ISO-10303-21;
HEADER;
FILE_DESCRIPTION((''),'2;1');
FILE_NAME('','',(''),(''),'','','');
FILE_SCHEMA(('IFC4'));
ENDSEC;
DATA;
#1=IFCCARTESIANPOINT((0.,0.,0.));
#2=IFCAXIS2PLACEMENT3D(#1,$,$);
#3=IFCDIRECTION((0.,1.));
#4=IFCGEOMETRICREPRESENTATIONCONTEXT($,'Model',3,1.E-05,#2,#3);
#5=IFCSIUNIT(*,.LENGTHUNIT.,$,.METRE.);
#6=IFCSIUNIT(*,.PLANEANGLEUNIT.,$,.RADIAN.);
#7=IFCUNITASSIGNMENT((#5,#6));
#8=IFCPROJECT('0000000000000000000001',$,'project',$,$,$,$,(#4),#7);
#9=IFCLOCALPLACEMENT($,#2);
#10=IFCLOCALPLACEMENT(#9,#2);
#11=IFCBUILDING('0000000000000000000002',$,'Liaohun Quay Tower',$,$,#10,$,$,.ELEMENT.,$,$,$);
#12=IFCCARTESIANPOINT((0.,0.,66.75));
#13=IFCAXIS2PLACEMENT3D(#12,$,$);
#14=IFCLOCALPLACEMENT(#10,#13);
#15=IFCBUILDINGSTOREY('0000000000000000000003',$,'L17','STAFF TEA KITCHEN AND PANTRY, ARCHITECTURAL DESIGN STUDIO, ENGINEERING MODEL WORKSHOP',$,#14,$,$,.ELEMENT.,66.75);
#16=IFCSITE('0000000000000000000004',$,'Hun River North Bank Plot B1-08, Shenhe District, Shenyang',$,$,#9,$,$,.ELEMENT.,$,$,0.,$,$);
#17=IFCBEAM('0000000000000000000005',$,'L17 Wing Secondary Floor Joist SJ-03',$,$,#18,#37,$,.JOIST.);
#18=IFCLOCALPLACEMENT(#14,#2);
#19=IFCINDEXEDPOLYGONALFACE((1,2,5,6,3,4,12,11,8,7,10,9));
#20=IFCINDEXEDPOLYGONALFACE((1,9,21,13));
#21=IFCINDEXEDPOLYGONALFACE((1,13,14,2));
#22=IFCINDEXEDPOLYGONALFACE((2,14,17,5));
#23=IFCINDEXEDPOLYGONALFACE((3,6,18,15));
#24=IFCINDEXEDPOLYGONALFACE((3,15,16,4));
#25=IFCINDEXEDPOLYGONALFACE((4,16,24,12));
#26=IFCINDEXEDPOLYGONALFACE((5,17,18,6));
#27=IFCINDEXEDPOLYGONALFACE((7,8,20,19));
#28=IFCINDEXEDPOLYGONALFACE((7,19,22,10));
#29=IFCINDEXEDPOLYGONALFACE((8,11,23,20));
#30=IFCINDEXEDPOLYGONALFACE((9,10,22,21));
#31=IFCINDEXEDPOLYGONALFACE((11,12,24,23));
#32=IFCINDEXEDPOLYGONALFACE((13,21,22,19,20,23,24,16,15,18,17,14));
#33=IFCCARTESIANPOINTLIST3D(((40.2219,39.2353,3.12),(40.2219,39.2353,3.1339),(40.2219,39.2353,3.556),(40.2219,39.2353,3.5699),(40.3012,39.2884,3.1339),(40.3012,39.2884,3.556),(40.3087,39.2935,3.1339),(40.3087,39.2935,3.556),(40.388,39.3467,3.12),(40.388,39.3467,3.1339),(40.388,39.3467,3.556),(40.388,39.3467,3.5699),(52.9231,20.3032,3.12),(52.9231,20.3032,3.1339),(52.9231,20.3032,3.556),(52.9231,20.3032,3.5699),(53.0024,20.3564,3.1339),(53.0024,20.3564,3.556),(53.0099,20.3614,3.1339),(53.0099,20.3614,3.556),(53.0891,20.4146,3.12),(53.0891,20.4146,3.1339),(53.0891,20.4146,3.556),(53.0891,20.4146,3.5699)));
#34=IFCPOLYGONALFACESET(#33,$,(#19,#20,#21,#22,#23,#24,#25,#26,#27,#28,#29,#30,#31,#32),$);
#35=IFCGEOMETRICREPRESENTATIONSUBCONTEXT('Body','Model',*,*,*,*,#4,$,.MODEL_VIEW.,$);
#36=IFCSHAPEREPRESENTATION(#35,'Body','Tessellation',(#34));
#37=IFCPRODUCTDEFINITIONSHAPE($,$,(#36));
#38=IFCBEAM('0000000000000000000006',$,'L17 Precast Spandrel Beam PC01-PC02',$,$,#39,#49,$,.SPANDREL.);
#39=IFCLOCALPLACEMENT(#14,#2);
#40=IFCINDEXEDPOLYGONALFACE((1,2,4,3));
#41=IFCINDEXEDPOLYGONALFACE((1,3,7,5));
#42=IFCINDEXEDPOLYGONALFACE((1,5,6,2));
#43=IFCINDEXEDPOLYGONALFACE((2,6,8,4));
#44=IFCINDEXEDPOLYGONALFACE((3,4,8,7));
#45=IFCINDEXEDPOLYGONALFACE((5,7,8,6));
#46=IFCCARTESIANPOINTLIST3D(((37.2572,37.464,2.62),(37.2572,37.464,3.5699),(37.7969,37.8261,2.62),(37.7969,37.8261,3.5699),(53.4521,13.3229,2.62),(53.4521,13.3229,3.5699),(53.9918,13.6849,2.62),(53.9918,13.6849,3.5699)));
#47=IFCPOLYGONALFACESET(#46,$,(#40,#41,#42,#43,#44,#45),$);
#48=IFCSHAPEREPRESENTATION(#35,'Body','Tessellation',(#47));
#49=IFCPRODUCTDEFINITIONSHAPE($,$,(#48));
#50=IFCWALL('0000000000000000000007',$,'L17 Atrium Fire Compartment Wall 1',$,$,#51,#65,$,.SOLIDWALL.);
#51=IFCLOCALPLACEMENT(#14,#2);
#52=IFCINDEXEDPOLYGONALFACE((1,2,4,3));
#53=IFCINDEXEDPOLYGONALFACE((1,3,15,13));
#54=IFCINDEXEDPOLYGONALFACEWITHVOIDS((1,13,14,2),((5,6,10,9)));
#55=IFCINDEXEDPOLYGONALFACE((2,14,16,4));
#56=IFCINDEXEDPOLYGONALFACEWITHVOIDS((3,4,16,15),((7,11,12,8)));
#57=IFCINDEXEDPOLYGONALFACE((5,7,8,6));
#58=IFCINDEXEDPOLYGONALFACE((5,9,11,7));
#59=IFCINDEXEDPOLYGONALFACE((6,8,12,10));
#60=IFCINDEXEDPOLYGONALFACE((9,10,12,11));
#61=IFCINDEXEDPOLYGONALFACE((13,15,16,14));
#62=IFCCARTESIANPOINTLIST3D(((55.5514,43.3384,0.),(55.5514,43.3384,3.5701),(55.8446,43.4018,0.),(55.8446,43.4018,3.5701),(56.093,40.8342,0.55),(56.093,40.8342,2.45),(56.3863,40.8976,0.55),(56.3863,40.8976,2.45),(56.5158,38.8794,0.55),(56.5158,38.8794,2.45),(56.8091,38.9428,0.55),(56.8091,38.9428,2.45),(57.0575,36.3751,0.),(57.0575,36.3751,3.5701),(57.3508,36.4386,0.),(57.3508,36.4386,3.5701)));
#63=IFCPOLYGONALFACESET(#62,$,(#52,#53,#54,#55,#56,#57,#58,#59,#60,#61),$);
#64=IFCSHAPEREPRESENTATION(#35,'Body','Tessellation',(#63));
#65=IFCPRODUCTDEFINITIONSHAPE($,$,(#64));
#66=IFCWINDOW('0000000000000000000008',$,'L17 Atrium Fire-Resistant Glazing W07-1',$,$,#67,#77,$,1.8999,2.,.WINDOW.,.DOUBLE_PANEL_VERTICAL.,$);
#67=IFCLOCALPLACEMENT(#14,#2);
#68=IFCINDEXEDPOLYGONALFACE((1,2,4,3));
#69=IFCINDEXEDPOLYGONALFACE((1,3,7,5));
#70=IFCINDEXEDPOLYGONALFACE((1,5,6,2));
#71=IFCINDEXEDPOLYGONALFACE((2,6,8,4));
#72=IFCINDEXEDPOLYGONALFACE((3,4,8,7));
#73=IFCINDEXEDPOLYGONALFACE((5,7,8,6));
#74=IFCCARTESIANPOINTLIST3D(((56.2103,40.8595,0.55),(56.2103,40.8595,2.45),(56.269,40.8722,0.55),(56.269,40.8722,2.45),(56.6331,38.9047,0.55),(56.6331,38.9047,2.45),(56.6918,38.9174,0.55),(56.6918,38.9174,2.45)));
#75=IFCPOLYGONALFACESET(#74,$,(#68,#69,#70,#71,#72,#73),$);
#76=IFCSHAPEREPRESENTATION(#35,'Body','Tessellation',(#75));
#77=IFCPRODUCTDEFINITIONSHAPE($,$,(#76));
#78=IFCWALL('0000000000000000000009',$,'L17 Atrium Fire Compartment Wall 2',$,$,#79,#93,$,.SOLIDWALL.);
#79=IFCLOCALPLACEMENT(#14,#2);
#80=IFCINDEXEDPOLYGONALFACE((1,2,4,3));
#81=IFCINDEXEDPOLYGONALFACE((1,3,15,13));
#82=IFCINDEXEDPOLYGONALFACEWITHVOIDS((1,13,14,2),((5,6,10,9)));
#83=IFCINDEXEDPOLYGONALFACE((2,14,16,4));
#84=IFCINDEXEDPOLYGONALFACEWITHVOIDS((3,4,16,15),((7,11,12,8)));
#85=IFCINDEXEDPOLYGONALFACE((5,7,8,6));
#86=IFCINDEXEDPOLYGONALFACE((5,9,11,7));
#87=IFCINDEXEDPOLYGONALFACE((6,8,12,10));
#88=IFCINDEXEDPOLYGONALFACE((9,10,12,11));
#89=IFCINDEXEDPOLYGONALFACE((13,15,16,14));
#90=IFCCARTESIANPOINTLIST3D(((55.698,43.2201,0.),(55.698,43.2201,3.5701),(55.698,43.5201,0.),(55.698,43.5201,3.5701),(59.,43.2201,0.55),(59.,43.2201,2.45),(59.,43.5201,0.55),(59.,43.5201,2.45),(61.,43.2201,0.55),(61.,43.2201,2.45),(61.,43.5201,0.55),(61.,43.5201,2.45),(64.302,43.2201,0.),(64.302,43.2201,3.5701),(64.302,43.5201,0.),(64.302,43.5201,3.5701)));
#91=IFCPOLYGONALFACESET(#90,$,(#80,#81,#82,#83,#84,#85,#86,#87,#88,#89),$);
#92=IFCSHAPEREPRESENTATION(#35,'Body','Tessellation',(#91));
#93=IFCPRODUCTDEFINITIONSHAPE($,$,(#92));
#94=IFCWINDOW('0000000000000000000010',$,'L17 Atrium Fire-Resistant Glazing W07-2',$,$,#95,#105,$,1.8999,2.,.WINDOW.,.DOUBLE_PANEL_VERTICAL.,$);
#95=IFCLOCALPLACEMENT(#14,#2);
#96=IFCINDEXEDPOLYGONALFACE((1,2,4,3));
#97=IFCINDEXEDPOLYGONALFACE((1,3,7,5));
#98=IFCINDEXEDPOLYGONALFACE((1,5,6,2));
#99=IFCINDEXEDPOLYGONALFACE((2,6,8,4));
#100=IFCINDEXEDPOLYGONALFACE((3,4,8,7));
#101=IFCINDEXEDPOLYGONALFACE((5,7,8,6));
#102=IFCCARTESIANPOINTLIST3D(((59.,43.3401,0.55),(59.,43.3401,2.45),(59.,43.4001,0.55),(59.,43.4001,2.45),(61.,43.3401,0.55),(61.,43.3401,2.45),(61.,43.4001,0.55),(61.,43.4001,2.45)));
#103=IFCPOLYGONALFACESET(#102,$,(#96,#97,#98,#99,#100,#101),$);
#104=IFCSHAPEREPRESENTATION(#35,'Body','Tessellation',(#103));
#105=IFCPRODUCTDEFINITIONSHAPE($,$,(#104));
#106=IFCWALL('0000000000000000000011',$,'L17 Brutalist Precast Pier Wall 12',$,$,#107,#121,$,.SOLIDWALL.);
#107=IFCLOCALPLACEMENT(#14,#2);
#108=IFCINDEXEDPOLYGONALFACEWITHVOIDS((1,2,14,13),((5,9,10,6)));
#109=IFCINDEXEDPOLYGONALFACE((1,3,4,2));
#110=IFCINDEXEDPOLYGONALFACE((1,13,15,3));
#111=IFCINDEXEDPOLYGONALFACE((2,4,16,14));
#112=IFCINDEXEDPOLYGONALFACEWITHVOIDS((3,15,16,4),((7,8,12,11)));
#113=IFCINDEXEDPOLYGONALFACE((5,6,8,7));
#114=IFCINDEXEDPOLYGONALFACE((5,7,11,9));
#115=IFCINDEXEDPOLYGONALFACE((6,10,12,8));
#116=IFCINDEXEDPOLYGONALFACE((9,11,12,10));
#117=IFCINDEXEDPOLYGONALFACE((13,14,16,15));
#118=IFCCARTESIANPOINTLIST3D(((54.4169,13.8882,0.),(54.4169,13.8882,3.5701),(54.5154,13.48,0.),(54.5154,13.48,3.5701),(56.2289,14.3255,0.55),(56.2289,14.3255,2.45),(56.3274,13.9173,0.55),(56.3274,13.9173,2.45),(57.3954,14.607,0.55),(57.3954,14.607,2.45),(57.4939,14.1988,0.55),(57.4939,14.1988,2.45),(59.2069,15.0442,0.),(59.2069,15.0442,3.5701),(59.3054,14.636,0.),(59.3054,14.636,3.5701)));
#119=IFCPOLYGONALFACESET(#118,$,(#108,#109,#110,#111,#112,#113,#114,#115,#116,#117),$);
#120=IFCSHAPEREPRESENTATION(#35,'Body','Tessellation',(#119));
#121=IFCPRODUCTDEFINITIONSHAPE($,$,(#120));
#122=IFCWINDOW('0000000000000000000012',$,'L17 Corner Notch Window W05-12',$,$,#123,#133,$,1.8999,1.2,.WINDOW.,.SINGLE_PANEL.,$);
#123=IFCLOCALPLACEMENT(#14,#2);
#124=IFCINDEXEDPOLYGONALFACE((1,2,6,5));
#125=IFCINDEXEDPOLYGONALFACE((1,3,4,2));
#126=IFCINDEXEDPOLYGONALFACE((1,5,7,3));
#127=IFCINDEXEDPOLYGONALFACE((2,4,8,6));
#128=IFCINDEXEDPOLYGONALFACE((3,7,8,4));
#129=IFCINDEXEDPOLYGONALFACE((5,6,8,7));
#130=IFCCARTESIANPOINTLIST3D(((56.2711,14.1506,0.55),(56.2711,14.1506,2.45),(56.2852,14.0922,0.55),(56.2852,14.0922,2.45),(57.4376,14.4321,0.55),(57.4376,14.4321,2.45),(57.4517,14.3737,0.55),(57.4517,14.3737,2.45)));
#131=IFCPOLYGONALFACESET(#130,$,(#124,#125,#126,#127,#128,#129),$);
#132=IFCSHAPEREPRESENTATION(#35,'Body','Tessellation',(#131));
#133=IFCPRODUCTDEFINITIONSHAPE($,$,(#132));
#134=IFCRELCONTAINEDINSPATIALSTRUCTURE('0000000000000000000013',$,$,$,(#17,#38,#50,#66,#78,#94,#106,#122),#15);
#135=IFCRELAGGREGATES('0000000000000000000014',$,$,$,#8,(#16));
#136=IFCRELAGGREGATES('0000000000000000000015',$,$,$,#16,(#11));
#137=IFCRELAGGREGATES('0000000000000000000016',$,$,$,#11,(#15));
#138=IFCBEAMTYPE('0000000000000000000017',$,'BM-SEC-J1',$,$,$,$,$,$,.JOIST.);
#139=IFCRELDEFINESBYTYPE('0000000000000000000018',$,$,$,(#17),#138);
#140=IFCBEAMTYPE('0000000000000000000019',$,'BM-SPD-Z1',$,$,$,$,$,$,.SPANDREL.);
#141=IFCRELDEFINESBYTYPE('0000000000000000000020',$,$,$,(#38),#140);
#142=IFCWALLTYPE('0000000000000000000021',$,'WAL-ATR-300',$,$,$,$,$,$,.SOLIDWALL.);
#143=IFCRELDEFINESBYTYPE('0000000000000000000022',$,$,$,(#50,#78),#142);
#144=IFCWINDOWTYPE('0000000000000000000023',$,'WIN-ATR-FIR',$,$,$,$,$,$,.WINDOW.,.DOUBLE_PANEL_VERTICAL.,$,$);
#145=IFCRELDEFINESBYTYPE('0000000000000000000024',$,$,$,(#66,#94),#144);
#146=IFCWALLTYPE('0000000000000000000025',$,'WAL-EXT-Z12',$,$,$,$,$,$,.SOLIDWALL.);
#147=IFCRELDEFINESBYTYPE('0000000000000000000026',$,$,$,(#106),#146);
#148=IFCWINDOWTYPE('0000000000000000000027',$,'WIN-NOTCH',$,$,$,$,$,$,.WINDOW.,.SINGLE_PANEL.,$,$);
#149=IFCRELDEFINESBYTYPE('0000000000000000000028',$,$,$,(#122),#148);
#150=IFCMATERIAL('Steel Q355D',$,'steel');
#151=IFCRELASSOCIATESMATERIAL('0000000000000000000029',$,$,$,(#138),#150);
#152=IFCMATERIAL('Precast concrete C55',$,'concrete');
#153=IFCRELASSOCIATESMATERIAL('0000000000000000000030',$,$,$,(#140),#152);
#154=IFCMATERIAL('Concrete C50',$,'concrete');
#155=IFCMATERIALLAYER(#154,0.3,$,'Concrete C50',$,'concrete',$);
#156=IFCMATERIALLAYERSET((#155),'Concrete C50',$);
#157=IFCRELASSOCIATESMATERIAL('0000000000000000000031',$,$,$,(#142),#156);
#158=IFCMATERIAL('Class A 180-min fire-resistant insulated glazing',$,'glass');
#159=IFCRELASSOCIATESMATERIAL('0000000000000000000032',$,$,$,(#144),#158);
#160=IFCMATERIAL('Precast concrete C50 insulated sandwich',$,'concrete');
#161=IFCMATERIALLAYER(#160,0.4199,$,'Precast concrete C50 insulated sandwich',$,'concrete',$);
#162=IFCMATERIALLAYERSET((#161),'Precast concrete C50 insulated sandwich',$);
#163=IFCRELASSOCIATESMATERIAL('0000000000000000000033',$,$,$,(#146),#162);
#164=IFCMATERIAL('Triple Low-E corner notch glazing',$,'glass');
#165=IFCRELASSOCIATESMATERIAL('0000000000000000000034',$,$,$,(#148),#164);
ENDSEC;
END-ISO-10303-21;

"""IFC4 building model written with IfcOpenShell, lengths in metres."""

from ifc_helpers import new_model, si_unit, direction, frame, frame_2d, origin, origin_2d, place, context, subcontext, project, spatial, rectangle, i_section, extrude, source, transform, mapped, material, layer, layer_set, material_profile, profile_set, type_object, element, fill, save


model = new_model("IFC4")

# Units and contexts
model_context = context("Model", 3, precision=1e-05, world=origin(), true_north=direction((0.0, 1.0)))
body_context = subcontext(model_context, "Body", "Model", "MODEL_VIEW")
ifc_project = project(units=[si_unit("LENGTHUNIT", "METRE"), si_unit("PLANEANGLEUNIT", "RADIAN")], contexts=[model_context])

# Site, building, storey
site_placement = place(None, origin())
site = spatial("IfcSite", under=ifc_project, at=site_placement, Name="Hun River North Bank Plot B1-08, Shenhe District, Shenyang", CompositionType="ELEMENT", RefElevation=0.0)
building_placement = place(site_placement, origin())
building = spatial("IfcBuilding", under=site, at=building_placement, Name="Liaohun Quay Tower", CompositionType="ELEMENT")
storey_placement = place(building_placement, frame((0.0, 0.0, 66.75)))
storey = spatial("IfcBuildingStorey", under=building, at=storey_placement, Name="L17", Description="STAFF TEA KITCHEN AND PANTRY, ARCHITECTURAL DESIGN STUDIO, ENGINEERING MODEL WORKSHOP", CompositionType="ELEMENT", Elevation=66.75)

# Beams
ifc_material_1 = material(Name="Steel Q355D", Category="steel")
ifc_material_profile_1 = material_profile(ifc_material_1, i_section(OverallWidth=0.2, OverallDepth=0.45, WebThickness=0.009, FlangeThickness=0.0139, at=origin_2d()), Name="HN450x200x9x14")
ifc_profile_set_1 = profile_set([ifc_material_profile_1], Name="Steel Q355D")
beam_type_1 = type_object("IfcBeamType", Name="BM-SEC-J1", PredefinedType="JOIST", material=ifc_profile_set_1)
shared_shape_1 = source(origin(), body_context, "Body", "SweptSolid", [
    extrude(i_section(OverallWidth=0.2, OverallDepth=0.45, WebThickness=0.009, FlangeThickness=0.0139, at=origin_2d()), origin(), (0.0, 0.0, 1.0), 22.7979),
])
beam_1_placement = place(storey_placement, frame((53.0061, 20.3589, 3.345), z_axis=(-0.55712, 0.830432, 0.0), x_axis=(-0.830432, -0.55712, 0.0)))
element("IfcBeam", 1, at=beam_1_placement, inside=storey, type_object=beam_type_1, Name="L17 Wing Secondary Floor Joist SJ-03", PredefinedType="JOIST", context=body_context, shape_type="MappedRepresentation", body=[
    mapped(shared_shape_1, transform((0.0, 0.0, 0.0), x_axis=(1.0, 0.0, 0.0), y_axis=(0.0, 1.0, 0.0), z_axis=(0.0, 0.0, 1.0), scale=1.0)),
])
ifc_material_2 = material(Name="Precast concrete C55", Category="concrete")
ifc_material_profile_2 = material_profile(ifc_material_2, rectangle(XDim=0.6499, YDim=0.95, at=origin_2d()), Name="RC650x950")
ifc_profile_set_2 = profile_set([ifc_material_profile_2], Name="Precast concrete C55")
beam_type_2 = type_object("IfcBeamType", Name="BM-SPD-Z1", PredefinedType="SPANDREL", material=ifc_profile_set_2)
shared_shape_2 = source(origin(), body_context, "Body", "SweptSolid", [
    extrude(rectangle(XDim=0.6499, YDim=0.95, at=origin_2d()), origin(), (0.0, 0.0, 1.0), 29.0701),
])
beam_2_placement = place(storey_placement, frame((53.7219, 13.5039, 3.095), z_axis=(-0.557097, 0.830447, 0.0), x_axis=(-0.830447, -0.557097, 0.0)))
element("IfcBeam", 2, at=beam_2_placement, inside=storey, type_object=beam_type_2, Name="L17 Precast Spandrel Beam PC01-PC02", PredefinedType="SPANDREL", context=body_context, shape_type="MappedRepresentation", body=[
    mapped(shared_shape_2, transform((0.0, 0.0, 0.0), x_axis=(1.0, 0.0, 0.0), y_axis=(0.0, 1.0, 0.0), z_axis=(0.0, 0.0, 1.0), scale=1.0)),
])

# Walls, openings, windows
ifc_material_3 = material(Name="Concrete C50", Category="concrete")
ifc_layer_1 = layer(ifc_material_3, 0.3, Name="Concrete C50", Category="concrete")
ifc_layer_set_1 = layer_set([ifc_layer_1], Name="Concrete C50")
wall_type_1 = type_object("IfcWallType", Name="WAL-ATR-300", PredefinedType="SOLIDWALL", material=ifc_layer_set_1)
wall_1_placement = place(storey_placement, frame((57.2041, 36.407, 0.0), z_axis=(0.0, 0.0, 1.0), x_axis=(-0.211408, 0.977398, 0.0)))
wall_1 = element("IfcWall", 3, at=wall_1_placement, inside=storey, type_object=wall_type_1, Name="L17 Atrium Fire Compartment Wall 1", PredefinedType="SOLIDWALL", context=body_context, shape_type="SweptSolid", body=[
    extrude(rectangle(XDim=7.1243, YDim=0.3, at=frame_2d((3.562, 0.0))), origin(), (0.0, 0.0, 1.0), 3.5701),
])
shared_shape_3 = source(origin(), body_context, "Body", "SweptSolid", [
    extrude(rectangle(XDim=2.0, YDim=1.8999, at=frame_2d((1.0, 0.95))), frame((0.0, 0.1599, 0.0), z_axis=(0.0, -1.0, 0.0), x_axis=(1.0, 0.0, 0.0)), (0.0, 0.0, 1.0), 0.3201),
])
opening_1_placement = place(wall_1_placement, frame((2.562, 0.0, 0.55)))
opening_1 = element("IfcOpeningElement", 4, at=opening_1_placement, cuts=wall_1, PredefinedType="OPENING", context=body_context, shape_type="MappedRepresentation", body=[
    mapped(shared_shape_3, transform((0.0, 0.0, 0.0), x_axis=(1.0, 0.0, 0.0), y_axis=(0.0, 1.0, 0.0), z_axis=(0.0, 0.0, 1.0), scale=1.0)),
])
ifc_material_4 = material(Name="Class A 180-min fire-resistant insulated glazing", Category="glass")
window_type_1 = type_object("IfcWindowType", Name="WIN-ATR-FIR", PartitioningType="DOUBLE_PANEL_VERTICAL", PredefinedType="WINDOW", material=ifc_material_4)
shared_shape_4 = source(origin(), body_context, "Body", "SweptSolid", [
    extrude(rectangle(XDim=2.0, YDim=1.8999, at=frame_2d((1.0, 0.95))), frame((0.0, 0.03, 0.0), z_axis=(0.0, -1.0, 0.0), x_axis=(1.0, 0.0, 0.0)), (0.0, 0.0, 1.0), 0.0601),
])
window_1_placement = place(opening_1_placement, origin())
window_1 = element("IfcWindow", 5, at=window_1_placement, inside=storey, type_object=window_type_1, Name="L17 Atrium Fire-Resistant Glazing W07-1", OverallHeight=1.8999, OverallWidth=2.0, PartitioningType="DOUBLE_PANEL_VERTICAL", PredefinedType="WINDOW", context=body_context, shape_type="MappedRepresentation", body=[
    mapped(shared_shape_4, transform((0.0, 0.0, 0.0), x_axis=(1.0, 0.0, 0.0), y_axis=(0.0, 1.0, 0.0), z_axis=(0.0, 0.0, 1.0), scale=1.0)),
])
fill(opening_1, window_1)
wall_2_placement = place(storey_placement, frame((55.698, 43.3701, 0.0), z_axis=(0.0, 0.0, 1.0), x_axis=(1.0, 0.0, 0.0)))
wall_2 = element("IfcWall", 6, at=wall_2_placement, inside=storey, type_object=wall_type_1, Name="L17 Atrium Fire Compartment Wall 2", PredefinedType="SOLIDWALL", context=body_context, shape_type="SweptSolid", body=[
    extrude(rectangle(XDim=8.604, YDim=0.3, at=frame_2d((4.302, 0.0))), origin(), (0.0, 0.0, 1.0), 3.5701),
])
opening_2_placement = place(wall_2_placement, frame((3.302, 0.0, 0.55)))
opening_2 = element("IfcOpeningElement", 7, at=opening_2_placement, cuts=wall_2, PredefinedType="OPENING", context=body_context, shape_type="MappedRepresentation", body=[
    mapped(shared_shape_3, transform((0.0, 0.0, 0.0), x_axis=(1.0, 0.0, 0.0), y_axis=(0.0, 1.0, 0.0), z_axis=(0.0, 0.0, 1.0), scale=1.0)),
])
window_2_placement = place(opening_2_placement, origin())
window_2 = element("IfcWindow", 8, at=window_2_placement, inside=storey, type_object=window_type_1, Name="L17 Atrium Fire-Resistant Glazing W07-2", OverallHeight=1.8999, OverallWidth=2.0, PartitioningType="DOUBLE_PANEL_VERTICAL", PredefinedType="WINDOW", context=body_context, shape_type="MappedRepresentation", body=[
    mapped(shared_shape_4, transform((0.0, 0.0, 0.0), x_axis=(1.0, 0.0, 0.0), y_axis=(0.0, 1.0, 0.0), z_axis=(0.0, 0.0, 1.0), scale=1.0)),
])
fill(opening_2, window_2)
ifc_material_5 = material(Name="Precast concrete C50 insulated sandwich", Category="concrete")
ifc_layer_2 = layer(ifc_material_5, 0.4199, Name="Precast concrete C50 insulated sandwich", Category="concrete")
ifc_layer_set_2 = layer_set([ifc_layer_2], Name="Precast concrete C50 insulated sandwich")
wall_type_2 = type_object("IfcWallType", Name="WAL-EXT-Z12", PredefinedType="SOLIDWALL", material=ifc_layer_set_2)
wall_3_placement = place(storey_placement, frame((54.4661, 13.6841, 0.0), z_axis=(0.0, 0.0, 1.0), x_axis=(0.972092, 0.2346, 0.0)))
wall_3 = element("IfcWall", 9, at=wall_3_placement, inside=storey, type_object=wall_type_2, Name="L17 Brutalist Precast Pier Wall 12", PredefinedType="SOLIDWALL", context=body_context, shape_type="SweptSolid", body=[
    extrude(rectangle(XDim=4.9275, YDim=0.4199, at=frame_2d((2.4639, 0.0))), origin(), (0.0, 0.0, 1.0), 3.5701),
])
shared_shape_5 = source(origin(), body_context, "Body", "SweptSolid", [
    extrude(rectangle(XDim=1.2, YDim=1.8999, at=frame_2d((0.6001, 0.95))), frame((0.0, 0.22, 0.0), z_axis=(0.0, -1.0, 0.0), x_axis=(1.0, 0.0, 0.0)), (0.0, 0.0, 1.0), 0.4399),
])
opening_3_placement = place(wall_3_placement, frame((1.864, 0.0, 0.55)))
opening_3 = element("IfcOpeningElement", 10, at=opening_3_placement, cuts=wall_3, PredefinedType="OPENING", context=body_context, shape_type="MappedRepresentation", body=[
    mapped(shared_shape_5, transform((0.0, 0.0, 0.0), x_axis=(1.0, 0.0, 0.0), y_axis=(0.0, 1.0, 0.0), z_axis=(0.0, 0.0, 1.0), scale=1.0)),
])
ifc_material_6 = material(Name="Triple Low-E corner notch glazing", Category="glass")
window_type_2 = type_object("IfcWindowType", Name="WIN-NOTCH", PartitioningType="SINGLE_PANEL", PredefinedType="WINDOW", material=ifc_material_6)
shared_shape_6 = source(origin(), body_context, "Body", "SweptSolid", [
    extrude(rectangle(XDim=1.2, YDim=1.8999, at=frame_2d((0.6001, 0.95))), frame((0.0, 0.03, 0.0), z_axis=(0.0, -1.0, 0.0), x_axis=(1.0, 0.0, 0.0)), (0.0, 0.0, 1.0), 0.0601),
])
window_3_placement = place(opening_3_placement, origin())
window_3 = element("IfcWindow", 11, at=window_3_placement, inside=storey, type_object=window_type_2, Name="L17 Corner Notch Window W05-12", OverallHeight=1.8999, OverallWidth=1.2, PartitioningType="SINGLE_PANEL", PredefinedType="WINDOW", context=body_context, shape_type="MappedRepresentation", body=[
    mapped(shared_shape_6, transform((0.0, 0.0, 0.0), x_axis=(1.0, 0.0, 0.0), y_axis=(0.0, 1.0, 0.0), z_axis=(0.0, 0.0, 1.0), scale=1.0)),
])
fill(opening_3, window_3)

save(model, "model.ifc")
